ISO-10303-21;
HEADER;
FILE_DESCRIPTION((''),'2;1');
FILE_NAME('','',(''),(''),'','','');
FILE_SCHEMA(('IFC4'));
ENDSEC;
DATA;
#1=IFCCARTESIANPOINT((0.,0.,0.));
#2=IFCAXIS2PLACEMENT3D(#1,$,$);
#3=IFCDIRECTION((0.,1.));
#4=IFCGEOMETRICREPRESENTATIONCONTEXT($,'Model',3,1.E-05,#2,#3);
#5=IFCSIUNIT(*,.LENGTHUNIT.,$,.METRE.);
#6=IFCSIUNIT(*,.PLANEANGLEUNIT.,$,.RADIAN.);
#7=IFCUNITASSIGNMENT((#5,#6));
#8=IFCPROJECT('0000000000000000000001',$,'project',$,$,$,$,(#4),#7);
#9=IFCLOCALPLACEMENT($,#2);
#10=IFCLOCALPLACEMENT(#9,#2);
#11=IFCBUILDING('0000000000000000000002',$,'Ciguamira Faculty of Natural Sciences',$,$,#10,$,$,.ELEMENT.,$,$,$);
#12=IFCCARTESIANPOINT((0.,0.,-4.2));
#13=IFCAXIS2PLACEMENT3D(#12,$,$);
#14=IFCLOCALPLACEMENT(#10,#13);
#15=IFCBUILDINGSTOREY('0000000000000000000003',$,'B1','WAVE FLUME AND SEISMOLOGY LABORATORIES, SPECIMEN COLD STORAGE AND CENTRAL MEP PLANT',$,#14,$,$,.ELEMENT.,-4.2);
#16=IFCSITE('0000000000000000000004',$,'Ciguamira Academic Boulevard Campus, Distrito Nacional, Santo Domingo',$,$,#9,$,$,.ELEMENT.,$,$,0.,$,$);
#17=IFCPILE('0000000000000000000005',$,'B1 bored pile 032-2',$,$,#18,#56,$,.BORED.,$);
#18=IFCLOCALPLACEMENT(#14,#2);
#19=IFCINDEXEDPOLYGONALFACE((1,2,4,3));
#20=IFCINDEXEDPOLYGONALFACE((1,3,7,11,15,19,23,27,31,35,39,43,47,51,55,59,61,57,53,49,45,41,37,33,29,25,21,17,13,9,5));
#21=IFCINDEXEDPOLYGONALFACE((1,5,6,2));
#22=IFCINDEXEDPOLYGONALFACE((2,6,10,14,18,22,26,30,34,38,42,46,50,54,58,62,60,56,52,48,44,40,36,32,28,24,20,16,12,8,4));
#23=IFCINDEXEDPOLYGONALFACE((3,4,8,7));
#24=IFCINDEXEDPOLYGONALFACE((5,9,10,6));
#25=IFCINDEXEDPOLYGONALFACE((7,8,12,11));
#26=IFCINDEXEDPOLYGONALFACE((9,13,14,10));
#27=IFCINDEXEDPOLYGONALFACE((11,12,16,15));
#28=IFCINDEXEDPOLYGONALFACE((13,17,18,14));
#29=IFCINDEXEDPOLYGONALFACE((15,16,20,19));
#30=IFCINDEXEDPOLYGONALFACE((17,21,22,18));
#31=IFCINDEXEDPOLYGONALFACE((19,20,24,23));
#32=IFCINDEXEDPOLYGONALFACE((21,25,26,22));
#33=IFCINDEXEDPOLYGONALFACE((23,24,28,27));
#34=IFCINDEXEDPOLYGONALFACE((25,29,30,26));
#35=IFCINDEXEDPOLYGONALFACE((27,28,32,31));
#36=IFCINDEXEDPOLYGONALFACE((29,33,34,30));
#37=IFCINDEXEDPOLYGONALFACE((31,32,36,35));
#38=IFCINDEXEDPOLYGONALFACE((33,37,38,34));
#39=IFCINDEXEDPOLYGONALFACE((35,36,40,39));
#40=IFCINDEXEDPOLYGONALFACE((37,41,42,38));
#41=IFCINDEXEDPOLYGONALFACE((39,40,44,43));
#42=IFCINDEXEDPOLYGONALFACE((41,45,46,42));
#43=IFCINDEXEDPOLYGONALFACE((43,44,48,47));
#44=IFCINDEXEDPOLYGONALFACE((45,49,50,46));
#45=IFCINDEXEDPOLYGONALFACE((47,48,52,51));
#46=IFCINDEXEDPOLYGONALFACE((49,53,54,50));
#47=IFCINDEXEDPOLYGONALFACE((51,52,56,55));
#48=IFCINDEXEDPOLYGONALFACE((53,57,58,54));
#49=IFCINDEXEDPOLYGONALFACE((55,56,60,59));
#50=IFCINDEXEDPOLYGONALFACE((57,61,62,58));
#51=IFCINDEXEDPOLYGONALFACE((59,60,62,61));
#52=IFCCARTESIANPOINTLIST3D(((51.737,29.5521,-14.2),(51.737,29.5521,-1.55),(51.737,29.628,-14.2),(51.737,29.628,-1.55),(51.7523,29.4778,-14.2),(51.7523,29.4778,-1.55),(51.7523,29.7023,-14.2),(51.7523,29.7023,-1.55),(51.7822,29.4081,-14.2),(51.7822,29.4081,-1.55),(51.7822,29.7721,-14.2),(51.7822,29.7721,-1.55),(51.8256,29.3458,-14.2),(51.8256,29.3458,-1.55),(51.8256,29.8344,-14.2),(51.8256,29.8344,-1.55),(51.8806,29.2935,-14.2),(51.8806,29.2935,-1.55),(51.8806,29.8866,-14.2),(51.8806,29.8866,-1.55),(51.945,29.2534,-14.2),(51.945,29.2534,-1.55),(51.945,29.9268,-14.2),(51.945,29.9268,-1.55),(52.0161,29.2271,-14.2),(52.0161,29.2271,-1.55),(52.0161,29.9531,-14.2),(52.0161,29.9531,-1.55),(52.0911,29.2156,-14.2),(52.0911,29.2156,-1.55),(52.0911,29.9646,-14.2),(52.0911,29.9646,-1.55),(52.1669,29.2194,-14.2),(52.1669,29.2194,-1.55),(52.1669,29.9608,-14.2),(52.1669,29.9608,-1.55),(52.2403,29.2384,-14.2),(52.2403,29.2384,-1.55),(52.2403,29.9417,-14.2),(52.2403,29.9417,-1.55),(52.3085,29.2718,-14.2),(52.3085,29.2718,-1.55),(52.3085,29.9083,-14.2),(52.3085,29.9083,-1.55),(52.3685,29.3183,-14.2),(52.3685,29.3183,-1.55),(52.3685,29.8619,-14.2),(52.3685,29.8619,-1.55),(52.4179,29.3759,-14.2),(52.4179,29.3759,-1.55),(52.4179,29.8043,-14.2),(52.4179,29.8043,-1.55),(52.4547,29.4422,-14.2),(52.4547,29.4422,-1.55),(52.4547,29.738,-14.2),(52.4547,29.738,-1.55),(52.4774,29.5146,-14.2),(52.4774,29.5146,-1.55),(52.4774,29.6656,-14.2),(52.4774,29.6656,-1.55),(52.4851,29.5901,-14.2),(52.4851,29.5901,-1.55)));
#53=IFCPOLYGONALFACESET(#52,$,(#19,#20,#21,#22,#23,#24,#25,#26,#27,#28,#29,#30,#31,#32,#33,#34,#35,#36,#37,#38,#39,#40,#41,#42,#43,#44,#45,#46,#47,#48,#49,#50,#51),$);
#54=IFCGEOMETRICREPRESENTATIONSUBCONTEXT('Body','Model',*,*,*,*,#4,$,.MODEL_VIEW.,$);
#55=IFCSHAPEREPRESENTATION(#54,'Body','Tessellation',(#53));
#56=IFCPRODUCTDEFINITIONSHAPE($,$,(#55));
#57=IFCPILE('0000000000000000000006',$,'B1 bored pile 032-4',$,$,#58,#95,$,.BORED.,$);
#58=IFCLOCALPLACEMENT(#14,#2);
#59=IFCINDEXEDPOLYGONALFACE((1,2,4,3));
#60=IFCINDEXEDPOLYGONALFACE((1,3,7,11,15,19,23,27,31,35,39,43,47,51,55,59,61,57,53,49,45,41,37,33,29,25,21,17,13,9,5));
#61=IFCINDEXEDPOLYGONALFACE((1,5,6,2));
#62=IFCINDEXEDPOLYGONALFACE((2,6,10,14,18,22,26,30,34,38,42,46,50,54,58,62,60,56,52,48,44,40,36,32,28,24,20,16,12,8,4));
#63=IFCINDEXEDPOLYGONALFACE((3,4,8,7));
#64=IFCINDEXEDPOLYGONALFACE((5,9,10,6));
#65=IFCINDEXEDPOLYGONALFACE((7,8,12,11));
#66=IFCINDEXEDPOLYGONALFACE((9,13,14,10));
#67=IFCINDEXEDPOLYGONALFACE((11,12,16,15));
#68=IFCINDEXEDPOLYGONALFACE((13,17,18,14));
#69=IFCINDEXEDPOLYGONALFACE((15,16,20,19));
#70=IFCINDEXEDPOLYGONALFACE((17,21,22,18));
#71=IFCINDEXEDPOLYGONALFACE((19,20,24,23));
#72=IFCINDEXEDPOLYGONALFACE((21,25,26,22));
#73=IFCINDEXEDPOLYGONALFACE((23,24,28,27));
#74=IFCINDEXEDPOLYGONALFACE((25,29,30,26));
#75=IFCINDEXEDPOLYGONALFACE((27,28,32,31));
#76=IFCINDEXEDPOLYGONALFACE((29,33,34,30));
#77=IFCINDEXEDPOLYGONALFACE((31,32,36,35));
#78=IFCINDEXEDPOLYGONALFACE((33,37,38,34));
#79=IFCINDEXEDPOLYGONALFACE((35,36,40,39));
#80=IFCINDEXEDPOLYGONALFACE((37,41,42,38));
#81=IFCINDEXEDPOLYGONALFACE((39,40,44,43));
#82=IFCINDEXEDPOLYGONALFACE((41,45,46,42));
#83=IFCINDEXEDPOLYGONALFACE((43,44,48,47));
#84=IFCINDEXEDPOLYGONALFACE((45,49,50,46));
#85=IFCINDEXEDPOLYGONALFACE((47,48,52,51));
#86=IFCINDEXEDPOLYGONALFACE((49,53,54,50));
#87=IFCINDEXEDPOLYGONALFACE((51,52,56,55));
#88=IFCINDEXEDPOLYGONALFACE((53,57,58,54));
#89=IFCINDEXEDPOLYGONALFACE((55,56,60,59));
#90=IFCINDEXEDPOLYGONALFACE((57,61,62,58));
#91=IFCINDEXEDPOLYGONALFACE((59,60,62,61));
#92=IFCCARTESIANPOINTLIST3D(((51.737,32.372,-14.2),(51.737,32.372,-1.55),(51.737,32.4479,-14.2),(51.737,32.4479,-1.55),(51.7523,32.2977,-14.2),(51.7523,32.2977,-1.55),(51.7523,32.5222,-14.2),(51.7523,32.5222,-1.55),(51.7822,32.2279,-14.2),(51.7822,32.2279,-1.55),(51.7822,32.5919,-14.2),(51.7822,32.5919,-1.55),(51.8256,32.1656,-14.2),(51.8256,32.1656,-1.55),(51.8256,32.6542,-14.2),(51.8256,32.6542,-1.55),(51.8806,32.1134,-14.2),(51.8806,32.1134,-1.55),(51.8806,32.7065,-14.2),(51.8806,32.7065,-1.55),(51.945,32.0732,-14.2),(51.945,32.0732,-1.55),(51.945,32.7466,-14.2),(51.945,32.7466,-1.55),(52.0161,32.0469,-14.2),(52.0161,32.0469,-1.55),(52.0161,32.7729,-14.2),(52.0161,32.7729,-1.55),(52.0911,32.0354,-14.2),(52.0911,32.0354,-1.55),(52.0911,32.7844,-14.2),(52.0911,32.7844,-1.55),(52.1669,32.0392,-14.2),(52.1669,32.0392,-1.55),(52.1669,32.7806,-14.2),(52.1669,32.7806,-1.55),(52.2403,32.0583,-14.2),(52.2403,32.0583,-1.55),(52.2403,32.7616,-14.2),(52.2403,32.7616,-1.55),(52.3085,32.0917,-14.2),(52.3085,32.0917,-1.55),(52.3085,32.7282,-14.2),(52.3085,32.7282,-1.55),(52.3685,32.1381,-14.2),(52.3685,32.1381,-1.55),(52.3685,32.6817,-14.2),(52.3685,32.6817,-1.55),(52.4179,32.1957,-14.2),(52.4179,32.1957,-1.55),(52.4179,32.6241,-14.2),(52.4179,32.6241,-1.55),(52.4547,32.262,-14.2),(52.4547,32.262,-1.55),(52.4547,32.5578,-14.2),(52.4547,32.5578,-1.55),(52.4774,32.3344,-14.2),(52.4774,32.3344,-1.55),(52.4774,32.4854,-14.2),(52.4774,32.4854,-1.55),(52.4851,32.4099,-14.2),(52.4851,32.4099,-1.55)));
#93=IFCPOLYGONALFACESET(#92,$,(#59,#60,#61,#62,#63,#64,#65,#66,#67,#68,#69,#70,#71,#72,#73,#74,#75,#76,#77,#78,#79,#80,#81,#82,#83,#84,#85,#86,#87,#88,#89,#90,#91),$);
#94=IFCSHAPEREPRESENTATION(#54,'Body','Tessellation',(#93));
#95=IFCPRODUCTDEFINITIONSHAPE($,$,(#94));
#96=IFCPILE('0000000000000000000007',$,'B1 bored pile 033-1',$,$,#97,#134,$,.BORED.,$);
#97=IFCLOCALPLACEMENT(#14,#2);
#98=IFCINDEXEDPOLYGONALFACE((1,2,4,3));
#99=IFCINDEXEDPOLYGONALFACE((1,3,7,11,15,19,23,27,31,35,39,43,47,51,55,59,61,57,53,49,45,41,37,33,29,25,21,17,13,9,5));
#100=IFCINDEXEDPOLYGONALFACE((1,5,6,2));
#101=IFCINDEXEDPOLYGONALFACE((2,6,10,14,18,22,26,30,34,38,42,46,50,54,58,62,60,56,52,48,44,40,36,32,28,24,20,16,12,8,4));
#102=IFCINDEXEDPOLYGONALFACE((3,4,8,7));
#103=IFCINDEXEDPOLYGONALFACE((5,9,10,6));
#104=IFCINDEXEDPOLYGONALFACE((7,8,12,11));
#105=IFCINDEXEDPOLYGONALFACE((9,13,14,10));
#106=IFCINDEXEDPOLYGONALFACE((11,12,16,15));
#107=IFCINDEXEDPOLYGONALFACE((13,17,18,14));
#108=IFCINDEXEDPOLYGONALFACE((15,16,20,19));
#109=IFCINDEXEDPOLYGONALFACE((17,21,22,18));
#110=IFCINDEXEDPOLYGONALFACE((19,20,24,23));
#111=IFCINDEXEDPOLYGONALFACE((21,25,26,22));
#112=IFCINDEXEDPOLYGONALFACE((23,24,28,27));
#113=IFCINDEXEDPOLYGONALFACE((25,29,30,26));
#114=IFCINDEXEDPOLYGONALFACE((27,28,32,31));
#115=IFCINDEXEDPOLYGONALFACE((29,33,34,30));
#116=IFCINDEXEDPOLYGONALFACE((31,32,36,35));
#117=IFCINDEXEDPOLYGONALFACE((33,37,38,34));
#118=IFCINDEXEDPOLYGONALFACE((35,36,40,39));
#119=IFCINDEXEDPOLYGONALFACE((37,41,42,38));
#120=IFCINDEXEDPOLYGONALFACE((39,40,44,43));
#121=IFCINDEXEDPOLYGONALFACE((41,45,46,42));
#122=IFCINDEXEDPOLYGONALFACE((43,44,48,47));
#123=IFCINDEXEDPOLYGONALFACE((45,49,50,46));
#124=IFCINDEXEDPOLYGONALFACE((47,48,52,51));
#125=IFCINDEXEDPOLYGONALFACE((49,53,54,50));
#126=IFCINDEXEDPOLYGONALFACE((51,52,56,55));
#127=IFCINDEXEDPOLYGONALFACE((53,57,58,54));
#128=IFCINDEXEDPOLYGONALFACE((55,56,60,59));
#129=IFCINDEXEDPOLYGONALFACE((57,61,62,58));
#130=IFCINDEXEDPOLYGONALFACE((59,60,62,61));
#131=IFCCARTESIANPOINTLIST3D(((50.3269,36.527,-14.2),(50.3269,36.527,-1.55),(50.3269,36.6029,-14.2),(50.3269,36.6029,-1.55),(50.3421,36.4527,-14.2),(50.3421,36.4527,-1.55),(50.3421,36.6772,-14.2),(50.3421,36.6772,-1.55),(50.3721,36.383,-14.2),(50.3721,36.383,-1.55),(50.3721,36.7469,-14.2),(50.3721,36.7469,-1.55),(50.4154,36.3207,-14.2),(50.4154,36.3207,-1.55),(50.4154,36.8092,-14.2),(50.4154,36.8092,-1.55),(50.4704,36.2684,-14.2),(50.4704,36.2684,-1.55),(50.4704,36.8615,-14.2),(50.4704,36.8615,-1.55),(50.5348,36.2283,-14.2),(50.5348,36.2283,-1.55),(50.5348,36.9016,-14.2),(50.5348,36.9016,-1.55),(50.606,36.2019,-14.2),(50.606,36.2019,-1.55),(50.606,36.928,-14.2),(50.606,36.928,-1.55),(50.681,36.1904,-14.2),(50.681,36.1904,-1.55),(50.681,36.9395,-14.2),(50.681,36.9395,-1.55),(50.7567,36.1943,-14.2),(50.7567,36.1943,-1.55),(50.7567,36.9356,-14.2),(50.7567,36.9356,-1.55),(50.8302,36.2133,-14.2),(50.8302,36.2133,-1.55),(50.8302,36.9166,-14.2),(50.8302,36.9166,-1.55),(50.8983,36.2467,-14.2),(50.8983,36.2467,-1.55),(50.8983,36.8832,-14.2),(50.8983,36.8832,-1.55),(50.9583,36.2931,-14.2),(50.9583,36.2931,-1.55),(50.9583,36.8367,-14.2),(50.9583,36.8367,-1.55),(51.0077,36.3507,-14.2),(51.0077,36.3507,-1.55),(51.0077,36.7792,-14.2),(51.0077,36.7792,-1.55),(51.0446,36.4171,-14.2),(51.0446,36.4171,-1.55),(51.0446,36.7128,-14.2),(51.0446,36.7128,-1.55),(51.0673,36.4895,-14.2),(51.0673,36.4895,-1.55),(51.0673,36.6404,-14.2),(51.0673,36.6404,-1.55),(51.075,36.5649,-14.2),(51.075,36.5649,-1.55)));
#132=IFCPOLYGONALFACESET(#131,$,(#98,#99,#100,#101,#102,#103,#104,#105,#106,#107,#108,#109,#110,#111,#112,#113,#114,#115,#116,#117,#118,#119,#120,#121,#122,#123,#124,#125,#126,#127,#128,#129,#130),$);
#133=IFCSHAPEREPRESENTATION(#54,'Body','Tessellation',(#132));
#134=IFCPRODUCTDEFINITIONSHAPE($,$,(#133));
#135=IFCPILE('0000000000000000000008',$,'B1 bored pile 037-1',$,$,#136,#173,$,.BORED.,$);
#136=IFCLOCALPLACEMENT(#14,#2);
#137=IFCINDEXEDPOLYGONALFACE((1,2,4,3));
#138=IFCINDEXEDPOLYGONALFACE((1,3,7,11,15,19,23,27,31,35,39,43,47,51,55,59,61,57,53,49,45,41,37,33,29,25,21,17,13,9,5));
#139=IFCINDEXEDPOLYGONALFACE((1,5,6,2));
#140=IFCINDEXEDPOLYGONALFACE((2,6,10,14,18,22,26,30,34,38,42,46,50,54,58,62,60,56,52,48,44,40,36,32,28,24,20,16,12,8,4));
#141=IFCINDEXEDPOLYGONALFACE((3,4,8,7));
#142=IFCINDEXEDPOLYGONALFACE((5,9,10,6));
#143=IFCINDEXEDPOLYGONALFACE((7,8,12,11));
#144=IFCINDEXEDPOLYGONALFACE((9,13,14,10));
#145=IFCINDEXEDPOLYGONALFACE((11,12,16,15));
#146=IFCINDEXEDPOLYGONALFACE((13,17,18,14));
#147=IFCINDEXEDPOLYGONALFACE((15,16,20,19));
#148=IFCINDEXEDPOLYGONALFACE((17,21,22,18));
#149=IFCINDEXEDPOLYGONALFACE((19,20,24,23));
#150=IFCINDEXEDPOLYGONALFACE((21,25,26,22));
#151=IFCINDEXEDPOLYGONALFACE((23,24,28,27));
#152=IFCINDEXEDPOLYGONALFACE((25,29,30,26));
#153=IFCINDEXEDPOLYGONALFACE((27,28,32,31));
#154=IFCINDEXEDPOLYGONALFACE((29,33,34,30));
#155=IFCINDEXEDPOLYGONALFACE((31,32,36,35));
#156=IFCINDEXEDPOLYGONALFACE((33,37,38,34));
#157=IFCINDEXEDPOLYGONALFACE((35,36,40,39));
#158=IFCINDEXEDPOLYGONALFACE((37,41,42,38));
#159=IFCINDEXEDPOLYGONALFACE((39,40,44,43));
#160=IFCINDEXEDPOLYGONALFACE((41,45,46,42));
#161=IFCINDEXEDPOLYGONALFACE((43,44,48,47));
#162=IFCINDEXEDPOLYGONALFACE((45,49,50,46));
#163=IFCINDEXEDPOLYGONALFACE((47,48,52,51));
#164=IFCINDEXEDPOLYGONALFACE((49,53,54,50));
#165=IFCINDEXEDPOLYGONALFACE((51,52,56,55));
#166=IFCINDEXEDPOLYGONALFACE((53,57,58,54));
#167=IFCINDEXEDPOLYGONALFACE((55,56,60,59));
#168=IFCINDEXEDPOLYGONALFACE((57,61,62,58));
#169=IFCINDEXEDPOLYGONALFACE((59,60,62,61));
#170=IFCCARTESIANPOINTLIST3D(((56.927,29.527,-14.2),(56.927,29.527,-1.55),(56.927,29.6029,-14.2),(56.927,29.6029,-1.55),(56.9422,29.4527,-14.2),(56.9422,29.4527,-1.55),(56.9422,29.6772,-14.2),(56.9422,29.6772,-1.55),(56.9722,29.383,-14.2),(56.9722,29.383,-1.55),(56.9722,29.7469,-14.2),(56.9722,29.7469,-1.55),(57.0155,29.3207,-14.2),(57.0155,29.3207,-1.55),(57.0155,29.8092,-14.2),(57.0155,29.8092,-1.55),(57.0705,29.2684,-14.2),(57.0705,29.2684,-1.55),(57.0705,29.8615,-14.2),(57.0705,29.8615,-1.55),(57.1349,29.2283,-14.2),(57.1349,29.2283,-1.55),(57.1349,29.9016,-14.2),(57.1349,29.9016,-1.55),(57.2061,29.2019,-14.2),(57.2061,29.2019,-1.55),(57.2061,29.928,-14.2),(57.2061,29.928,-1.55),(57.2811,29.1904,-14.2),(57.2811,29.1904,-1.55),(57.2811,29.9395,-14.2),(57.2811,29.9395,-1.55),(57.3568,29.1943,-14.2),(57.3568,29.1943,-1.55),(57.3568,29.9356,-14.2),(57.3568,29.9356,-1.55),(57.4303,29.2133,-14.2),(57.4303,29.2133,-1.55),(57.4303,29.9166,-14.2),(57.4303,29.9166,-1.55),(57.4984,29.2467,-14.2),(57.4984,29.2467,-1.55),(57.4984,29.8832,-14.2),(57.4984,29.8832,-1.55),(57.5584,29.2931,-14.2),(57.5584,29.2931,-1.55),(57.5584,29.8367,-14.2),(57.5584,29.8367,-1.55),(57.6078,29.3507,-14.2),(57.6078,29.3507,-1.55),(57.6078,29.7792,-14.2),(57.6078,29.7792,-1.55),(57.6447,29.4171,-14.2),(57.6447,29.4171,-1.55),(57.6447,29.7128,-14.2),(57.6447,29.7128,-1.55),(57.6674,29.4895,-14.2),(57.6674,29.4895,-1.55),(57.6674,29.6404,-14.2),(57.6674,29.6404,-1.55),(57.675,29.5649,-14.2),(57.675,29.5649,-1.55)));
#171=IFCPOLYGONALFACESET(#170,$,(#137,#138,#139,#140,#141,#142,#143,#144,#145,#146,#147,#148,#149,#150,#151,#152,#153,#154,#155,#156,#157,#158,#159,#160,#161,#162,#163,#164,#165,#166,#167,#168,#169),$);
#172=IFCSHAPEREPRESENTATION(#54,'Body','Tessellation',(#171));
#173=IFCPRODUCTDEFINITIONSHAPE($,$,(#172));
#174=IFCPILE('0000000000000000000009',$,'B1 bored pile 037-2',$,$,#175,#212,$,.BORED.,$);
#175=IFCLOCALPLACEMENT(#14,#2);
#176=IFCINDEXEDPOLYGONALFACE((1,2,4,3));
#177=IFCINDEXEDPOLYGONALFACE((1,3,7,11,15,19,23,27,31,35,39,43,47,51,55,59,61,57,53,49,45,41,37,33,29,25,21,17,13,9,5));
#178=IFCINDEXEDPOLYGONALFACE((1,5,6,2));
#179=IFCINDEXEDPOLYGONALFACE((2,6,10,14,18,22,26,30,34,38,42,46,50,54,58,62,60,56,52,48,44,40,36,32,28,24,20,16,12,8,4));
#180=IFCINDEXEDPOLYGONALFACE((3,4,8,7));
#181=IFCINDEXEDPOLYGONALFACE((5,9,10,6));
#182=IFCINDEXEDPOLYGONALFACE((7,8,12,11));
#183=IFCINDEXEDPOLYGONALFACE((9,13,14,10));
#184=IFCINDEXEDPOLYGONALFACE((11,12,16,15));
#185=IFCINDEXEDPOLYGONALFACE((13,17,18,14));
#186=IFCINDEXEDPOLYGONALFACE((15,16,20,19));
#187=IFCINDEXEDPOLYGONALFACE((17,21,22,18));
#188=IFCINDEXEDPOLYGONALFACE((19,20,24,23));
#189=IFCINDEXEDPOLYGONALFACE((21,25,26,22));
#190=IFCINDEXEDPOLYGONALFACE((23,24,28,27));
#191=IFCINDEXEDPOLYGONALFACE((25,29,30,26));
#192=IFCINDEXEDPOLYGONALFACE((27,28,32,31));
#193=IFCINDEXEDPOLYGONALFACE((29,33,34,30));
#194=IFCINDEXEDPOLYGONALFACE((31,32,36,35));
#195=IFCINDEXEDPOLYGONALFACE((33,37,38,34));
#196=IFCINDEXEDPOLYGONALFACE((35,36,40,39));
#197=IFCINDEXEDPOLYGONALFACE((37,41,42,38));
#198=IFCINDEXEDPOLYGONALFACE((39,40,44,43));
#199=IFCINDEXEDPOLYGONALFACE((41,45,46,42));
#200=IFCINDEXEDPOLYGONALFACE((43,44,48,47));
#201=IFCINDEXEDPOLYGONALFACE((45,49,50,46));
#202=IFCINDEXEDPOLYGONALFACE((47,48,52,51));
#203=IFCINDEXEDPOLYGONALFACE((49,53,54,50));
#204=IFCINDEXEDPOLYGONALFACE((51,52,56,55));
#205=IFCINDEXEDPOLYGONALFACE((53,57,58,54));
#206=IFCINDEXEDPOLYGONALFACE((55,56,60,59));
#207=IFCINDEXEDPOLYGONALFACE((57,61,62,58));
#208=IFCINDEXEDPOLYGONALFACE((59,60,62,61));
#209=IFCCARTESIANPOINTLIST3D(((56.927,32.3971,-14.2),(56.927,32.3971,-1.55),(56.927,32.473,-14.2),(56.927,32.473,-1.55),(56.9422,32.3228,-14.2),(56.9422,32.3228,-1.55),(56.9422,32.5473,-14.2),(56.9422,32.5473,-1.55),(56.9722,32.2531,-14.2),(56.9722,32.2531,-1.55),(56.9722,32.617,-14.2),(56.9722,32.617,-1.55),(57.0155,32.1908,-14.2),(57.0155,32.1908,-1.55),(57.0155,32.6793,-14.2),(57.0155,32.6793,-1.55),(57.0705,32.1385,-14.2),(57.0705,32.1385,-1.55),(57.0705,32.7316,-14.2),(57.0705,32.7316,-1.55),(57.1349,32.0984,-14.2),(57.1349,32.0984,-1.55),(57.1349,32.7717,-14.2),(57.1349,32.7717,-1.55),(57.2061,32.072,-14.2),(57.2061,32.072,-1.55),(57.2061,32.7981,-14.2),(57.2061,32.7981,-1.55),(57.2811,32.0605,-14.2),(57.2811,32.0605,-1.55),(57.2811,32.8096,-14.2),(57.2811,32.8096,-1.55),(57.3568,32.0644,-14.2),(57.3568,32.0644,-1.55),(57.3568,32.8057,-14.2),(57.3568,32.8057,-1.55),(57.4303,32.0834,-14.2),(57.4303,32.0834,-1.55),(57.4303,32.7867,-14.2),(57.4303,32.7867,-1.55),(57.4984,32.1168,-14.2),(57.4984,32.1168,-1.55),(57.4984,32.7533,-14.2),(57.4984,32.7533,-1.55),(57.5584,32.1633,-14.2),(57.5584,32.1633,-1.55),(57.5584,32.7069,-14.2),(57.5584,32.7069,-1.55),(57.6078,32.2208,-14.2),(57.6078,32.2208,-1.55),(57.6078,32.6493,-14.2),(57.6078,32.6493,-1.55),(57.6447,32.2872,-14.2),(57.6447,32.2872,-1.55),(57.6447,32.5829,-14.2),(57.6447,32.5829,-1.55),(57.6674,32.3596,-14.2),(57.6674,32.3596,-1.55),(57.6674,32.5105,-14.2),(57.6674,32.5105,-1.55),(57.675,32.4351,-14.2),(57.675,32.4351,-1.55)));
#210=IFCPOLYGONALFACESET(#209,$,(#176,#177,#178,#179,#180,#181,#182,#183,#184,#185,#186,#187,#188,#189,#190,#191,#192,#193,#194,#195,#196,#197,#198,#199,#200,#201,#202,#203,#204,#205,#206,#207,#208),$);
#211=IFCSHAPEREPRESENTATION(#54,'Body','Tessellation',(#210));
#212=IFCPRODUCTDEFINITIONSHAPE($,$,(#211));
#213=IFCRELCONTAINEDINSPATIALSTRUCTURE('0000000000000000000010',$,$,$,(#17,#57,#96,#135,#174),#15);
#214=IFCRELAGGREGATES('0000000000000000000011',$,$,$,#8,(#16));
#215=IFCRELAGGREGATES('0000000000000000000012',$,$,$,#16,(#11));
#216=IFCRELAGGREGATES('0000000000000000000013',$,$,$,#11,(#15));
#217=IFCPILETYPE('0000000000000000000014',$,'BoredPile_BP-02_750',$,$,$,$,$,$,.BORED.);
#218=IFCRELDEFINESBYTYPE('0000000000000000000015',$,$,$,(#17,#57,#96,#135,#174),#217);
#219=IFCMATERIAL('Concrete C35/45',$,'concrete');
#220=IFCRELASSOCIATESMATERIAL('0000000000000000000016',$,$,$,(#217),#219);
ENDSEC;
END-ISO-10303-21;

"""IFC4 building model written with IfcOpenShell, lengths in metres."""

from ifc_helpers import new_model, si_unit, direction, frame, origin, origin_2d, place, context, subcontext, project, spatial, circle, extrude, material, material_profile, profile_set, type_object, element, save


model = new_model("IFC4")

# Units and contexts
model_context = context("Model", 3, precision=1e-05, world=origin(), true_north=direction((0.0, 1.0)))
body_context = subcontext(model_context, "Body", "Model", "MODEL_VIEW")
ifc_project = project(units=[si_unit("LENGTHUNIT", "METRE"), si_unit("PLANEANGLEUNIT", "RADIAN")], contexts=[model_context])

# Site, building, storey
site_placement = place(None, origin())
site = spatial("IfcSite", under=ifc_project, at=site_placement, Name="Ciguamira Academic Boulevard Campus, Distrito Nacional, Santo Domingo", CompositionType="ELEMENT", RefElevation=0.0)
building_placement = place(site_placement, origin())
building = spatial("IfcBuilding", under=site, at=building_placement, Name="Ciguamira Faculty of Natural Sciences", CompositionType="ELEMENT")
storey_placement = place(building_placement, frame((0.0, 0.0, -4.2)))
storey = spatial("IfcBuildingStorey", under=building, at=storey_placement, Name="B1", Description="WAVE FLUME AND SEISMOLOGY LABORATORIES, SPECIMEN COLD STORAGE AND CENTRAL MEP PLANT", CompositionType="ELEMENT", Elevation=-4.2)

# Piles
ifc_material_1 = material(Name="Concrete C35/45", Category="concrete")
ifc_material_profile_1 = material_profile(ifc_material_1, circle(Radius=0.375, at=origin_2d()), Name="PILE-BORED-750")
ifc_profile_set_1 = profile_set([ifc_material_profile_1], Name="Concrete C35/45")
pile_type = type_object("IfcPileType", Name="BoredPile_BP-02_750", PredefinedType="BORED", material=ifc_profile_set_1)
for number, where, z_axis, x_axis, name in (
    (1, (52.1101, 29.5901, -1.55), (0.0, 0.0, -1.0), (1.0, 0.0, 0.0), "B1 bored pile 032-2"),
    (2, (52.1101, 32.4099, -1.55), (0.0, 0.0, -1.0), (1.0, 0.0, 0.0), "B1 bored pile 032-4"),
    (3, (50.7, 36.5649, -1.55), (0.0, 0.0, -1.0), (1.0, 0.0, 0.0), "B1 bored pile 033-1"),
    (4, (57.3, 29.5649, -1.55), (0.0, 0.0, -1.0), (1.0, 0.0, 0.0), "B1 bored pile 037-1"),
    (5, (57.3, 32.4351, -1.55), (0.0, 0.0, -1.0), (1.0, 0.0, 0.0), "B1 bored pile 037-2"),
):
    element("IfcPile", number, at=place(storey_placement, frame(where, z_axis=z_axis, x_axis=x_axis)), inside=storey, type_object=pile_type, Name=name, PredefinedType="BORED", context=body_context, shape_type="SweptSolid", body=[
        extrude(circle(Radius=0.375, at=origin_2d()), origin(), (0.0, 0.0, 1.0), 12.6499),
    ])

save(model, "model.ifc")
